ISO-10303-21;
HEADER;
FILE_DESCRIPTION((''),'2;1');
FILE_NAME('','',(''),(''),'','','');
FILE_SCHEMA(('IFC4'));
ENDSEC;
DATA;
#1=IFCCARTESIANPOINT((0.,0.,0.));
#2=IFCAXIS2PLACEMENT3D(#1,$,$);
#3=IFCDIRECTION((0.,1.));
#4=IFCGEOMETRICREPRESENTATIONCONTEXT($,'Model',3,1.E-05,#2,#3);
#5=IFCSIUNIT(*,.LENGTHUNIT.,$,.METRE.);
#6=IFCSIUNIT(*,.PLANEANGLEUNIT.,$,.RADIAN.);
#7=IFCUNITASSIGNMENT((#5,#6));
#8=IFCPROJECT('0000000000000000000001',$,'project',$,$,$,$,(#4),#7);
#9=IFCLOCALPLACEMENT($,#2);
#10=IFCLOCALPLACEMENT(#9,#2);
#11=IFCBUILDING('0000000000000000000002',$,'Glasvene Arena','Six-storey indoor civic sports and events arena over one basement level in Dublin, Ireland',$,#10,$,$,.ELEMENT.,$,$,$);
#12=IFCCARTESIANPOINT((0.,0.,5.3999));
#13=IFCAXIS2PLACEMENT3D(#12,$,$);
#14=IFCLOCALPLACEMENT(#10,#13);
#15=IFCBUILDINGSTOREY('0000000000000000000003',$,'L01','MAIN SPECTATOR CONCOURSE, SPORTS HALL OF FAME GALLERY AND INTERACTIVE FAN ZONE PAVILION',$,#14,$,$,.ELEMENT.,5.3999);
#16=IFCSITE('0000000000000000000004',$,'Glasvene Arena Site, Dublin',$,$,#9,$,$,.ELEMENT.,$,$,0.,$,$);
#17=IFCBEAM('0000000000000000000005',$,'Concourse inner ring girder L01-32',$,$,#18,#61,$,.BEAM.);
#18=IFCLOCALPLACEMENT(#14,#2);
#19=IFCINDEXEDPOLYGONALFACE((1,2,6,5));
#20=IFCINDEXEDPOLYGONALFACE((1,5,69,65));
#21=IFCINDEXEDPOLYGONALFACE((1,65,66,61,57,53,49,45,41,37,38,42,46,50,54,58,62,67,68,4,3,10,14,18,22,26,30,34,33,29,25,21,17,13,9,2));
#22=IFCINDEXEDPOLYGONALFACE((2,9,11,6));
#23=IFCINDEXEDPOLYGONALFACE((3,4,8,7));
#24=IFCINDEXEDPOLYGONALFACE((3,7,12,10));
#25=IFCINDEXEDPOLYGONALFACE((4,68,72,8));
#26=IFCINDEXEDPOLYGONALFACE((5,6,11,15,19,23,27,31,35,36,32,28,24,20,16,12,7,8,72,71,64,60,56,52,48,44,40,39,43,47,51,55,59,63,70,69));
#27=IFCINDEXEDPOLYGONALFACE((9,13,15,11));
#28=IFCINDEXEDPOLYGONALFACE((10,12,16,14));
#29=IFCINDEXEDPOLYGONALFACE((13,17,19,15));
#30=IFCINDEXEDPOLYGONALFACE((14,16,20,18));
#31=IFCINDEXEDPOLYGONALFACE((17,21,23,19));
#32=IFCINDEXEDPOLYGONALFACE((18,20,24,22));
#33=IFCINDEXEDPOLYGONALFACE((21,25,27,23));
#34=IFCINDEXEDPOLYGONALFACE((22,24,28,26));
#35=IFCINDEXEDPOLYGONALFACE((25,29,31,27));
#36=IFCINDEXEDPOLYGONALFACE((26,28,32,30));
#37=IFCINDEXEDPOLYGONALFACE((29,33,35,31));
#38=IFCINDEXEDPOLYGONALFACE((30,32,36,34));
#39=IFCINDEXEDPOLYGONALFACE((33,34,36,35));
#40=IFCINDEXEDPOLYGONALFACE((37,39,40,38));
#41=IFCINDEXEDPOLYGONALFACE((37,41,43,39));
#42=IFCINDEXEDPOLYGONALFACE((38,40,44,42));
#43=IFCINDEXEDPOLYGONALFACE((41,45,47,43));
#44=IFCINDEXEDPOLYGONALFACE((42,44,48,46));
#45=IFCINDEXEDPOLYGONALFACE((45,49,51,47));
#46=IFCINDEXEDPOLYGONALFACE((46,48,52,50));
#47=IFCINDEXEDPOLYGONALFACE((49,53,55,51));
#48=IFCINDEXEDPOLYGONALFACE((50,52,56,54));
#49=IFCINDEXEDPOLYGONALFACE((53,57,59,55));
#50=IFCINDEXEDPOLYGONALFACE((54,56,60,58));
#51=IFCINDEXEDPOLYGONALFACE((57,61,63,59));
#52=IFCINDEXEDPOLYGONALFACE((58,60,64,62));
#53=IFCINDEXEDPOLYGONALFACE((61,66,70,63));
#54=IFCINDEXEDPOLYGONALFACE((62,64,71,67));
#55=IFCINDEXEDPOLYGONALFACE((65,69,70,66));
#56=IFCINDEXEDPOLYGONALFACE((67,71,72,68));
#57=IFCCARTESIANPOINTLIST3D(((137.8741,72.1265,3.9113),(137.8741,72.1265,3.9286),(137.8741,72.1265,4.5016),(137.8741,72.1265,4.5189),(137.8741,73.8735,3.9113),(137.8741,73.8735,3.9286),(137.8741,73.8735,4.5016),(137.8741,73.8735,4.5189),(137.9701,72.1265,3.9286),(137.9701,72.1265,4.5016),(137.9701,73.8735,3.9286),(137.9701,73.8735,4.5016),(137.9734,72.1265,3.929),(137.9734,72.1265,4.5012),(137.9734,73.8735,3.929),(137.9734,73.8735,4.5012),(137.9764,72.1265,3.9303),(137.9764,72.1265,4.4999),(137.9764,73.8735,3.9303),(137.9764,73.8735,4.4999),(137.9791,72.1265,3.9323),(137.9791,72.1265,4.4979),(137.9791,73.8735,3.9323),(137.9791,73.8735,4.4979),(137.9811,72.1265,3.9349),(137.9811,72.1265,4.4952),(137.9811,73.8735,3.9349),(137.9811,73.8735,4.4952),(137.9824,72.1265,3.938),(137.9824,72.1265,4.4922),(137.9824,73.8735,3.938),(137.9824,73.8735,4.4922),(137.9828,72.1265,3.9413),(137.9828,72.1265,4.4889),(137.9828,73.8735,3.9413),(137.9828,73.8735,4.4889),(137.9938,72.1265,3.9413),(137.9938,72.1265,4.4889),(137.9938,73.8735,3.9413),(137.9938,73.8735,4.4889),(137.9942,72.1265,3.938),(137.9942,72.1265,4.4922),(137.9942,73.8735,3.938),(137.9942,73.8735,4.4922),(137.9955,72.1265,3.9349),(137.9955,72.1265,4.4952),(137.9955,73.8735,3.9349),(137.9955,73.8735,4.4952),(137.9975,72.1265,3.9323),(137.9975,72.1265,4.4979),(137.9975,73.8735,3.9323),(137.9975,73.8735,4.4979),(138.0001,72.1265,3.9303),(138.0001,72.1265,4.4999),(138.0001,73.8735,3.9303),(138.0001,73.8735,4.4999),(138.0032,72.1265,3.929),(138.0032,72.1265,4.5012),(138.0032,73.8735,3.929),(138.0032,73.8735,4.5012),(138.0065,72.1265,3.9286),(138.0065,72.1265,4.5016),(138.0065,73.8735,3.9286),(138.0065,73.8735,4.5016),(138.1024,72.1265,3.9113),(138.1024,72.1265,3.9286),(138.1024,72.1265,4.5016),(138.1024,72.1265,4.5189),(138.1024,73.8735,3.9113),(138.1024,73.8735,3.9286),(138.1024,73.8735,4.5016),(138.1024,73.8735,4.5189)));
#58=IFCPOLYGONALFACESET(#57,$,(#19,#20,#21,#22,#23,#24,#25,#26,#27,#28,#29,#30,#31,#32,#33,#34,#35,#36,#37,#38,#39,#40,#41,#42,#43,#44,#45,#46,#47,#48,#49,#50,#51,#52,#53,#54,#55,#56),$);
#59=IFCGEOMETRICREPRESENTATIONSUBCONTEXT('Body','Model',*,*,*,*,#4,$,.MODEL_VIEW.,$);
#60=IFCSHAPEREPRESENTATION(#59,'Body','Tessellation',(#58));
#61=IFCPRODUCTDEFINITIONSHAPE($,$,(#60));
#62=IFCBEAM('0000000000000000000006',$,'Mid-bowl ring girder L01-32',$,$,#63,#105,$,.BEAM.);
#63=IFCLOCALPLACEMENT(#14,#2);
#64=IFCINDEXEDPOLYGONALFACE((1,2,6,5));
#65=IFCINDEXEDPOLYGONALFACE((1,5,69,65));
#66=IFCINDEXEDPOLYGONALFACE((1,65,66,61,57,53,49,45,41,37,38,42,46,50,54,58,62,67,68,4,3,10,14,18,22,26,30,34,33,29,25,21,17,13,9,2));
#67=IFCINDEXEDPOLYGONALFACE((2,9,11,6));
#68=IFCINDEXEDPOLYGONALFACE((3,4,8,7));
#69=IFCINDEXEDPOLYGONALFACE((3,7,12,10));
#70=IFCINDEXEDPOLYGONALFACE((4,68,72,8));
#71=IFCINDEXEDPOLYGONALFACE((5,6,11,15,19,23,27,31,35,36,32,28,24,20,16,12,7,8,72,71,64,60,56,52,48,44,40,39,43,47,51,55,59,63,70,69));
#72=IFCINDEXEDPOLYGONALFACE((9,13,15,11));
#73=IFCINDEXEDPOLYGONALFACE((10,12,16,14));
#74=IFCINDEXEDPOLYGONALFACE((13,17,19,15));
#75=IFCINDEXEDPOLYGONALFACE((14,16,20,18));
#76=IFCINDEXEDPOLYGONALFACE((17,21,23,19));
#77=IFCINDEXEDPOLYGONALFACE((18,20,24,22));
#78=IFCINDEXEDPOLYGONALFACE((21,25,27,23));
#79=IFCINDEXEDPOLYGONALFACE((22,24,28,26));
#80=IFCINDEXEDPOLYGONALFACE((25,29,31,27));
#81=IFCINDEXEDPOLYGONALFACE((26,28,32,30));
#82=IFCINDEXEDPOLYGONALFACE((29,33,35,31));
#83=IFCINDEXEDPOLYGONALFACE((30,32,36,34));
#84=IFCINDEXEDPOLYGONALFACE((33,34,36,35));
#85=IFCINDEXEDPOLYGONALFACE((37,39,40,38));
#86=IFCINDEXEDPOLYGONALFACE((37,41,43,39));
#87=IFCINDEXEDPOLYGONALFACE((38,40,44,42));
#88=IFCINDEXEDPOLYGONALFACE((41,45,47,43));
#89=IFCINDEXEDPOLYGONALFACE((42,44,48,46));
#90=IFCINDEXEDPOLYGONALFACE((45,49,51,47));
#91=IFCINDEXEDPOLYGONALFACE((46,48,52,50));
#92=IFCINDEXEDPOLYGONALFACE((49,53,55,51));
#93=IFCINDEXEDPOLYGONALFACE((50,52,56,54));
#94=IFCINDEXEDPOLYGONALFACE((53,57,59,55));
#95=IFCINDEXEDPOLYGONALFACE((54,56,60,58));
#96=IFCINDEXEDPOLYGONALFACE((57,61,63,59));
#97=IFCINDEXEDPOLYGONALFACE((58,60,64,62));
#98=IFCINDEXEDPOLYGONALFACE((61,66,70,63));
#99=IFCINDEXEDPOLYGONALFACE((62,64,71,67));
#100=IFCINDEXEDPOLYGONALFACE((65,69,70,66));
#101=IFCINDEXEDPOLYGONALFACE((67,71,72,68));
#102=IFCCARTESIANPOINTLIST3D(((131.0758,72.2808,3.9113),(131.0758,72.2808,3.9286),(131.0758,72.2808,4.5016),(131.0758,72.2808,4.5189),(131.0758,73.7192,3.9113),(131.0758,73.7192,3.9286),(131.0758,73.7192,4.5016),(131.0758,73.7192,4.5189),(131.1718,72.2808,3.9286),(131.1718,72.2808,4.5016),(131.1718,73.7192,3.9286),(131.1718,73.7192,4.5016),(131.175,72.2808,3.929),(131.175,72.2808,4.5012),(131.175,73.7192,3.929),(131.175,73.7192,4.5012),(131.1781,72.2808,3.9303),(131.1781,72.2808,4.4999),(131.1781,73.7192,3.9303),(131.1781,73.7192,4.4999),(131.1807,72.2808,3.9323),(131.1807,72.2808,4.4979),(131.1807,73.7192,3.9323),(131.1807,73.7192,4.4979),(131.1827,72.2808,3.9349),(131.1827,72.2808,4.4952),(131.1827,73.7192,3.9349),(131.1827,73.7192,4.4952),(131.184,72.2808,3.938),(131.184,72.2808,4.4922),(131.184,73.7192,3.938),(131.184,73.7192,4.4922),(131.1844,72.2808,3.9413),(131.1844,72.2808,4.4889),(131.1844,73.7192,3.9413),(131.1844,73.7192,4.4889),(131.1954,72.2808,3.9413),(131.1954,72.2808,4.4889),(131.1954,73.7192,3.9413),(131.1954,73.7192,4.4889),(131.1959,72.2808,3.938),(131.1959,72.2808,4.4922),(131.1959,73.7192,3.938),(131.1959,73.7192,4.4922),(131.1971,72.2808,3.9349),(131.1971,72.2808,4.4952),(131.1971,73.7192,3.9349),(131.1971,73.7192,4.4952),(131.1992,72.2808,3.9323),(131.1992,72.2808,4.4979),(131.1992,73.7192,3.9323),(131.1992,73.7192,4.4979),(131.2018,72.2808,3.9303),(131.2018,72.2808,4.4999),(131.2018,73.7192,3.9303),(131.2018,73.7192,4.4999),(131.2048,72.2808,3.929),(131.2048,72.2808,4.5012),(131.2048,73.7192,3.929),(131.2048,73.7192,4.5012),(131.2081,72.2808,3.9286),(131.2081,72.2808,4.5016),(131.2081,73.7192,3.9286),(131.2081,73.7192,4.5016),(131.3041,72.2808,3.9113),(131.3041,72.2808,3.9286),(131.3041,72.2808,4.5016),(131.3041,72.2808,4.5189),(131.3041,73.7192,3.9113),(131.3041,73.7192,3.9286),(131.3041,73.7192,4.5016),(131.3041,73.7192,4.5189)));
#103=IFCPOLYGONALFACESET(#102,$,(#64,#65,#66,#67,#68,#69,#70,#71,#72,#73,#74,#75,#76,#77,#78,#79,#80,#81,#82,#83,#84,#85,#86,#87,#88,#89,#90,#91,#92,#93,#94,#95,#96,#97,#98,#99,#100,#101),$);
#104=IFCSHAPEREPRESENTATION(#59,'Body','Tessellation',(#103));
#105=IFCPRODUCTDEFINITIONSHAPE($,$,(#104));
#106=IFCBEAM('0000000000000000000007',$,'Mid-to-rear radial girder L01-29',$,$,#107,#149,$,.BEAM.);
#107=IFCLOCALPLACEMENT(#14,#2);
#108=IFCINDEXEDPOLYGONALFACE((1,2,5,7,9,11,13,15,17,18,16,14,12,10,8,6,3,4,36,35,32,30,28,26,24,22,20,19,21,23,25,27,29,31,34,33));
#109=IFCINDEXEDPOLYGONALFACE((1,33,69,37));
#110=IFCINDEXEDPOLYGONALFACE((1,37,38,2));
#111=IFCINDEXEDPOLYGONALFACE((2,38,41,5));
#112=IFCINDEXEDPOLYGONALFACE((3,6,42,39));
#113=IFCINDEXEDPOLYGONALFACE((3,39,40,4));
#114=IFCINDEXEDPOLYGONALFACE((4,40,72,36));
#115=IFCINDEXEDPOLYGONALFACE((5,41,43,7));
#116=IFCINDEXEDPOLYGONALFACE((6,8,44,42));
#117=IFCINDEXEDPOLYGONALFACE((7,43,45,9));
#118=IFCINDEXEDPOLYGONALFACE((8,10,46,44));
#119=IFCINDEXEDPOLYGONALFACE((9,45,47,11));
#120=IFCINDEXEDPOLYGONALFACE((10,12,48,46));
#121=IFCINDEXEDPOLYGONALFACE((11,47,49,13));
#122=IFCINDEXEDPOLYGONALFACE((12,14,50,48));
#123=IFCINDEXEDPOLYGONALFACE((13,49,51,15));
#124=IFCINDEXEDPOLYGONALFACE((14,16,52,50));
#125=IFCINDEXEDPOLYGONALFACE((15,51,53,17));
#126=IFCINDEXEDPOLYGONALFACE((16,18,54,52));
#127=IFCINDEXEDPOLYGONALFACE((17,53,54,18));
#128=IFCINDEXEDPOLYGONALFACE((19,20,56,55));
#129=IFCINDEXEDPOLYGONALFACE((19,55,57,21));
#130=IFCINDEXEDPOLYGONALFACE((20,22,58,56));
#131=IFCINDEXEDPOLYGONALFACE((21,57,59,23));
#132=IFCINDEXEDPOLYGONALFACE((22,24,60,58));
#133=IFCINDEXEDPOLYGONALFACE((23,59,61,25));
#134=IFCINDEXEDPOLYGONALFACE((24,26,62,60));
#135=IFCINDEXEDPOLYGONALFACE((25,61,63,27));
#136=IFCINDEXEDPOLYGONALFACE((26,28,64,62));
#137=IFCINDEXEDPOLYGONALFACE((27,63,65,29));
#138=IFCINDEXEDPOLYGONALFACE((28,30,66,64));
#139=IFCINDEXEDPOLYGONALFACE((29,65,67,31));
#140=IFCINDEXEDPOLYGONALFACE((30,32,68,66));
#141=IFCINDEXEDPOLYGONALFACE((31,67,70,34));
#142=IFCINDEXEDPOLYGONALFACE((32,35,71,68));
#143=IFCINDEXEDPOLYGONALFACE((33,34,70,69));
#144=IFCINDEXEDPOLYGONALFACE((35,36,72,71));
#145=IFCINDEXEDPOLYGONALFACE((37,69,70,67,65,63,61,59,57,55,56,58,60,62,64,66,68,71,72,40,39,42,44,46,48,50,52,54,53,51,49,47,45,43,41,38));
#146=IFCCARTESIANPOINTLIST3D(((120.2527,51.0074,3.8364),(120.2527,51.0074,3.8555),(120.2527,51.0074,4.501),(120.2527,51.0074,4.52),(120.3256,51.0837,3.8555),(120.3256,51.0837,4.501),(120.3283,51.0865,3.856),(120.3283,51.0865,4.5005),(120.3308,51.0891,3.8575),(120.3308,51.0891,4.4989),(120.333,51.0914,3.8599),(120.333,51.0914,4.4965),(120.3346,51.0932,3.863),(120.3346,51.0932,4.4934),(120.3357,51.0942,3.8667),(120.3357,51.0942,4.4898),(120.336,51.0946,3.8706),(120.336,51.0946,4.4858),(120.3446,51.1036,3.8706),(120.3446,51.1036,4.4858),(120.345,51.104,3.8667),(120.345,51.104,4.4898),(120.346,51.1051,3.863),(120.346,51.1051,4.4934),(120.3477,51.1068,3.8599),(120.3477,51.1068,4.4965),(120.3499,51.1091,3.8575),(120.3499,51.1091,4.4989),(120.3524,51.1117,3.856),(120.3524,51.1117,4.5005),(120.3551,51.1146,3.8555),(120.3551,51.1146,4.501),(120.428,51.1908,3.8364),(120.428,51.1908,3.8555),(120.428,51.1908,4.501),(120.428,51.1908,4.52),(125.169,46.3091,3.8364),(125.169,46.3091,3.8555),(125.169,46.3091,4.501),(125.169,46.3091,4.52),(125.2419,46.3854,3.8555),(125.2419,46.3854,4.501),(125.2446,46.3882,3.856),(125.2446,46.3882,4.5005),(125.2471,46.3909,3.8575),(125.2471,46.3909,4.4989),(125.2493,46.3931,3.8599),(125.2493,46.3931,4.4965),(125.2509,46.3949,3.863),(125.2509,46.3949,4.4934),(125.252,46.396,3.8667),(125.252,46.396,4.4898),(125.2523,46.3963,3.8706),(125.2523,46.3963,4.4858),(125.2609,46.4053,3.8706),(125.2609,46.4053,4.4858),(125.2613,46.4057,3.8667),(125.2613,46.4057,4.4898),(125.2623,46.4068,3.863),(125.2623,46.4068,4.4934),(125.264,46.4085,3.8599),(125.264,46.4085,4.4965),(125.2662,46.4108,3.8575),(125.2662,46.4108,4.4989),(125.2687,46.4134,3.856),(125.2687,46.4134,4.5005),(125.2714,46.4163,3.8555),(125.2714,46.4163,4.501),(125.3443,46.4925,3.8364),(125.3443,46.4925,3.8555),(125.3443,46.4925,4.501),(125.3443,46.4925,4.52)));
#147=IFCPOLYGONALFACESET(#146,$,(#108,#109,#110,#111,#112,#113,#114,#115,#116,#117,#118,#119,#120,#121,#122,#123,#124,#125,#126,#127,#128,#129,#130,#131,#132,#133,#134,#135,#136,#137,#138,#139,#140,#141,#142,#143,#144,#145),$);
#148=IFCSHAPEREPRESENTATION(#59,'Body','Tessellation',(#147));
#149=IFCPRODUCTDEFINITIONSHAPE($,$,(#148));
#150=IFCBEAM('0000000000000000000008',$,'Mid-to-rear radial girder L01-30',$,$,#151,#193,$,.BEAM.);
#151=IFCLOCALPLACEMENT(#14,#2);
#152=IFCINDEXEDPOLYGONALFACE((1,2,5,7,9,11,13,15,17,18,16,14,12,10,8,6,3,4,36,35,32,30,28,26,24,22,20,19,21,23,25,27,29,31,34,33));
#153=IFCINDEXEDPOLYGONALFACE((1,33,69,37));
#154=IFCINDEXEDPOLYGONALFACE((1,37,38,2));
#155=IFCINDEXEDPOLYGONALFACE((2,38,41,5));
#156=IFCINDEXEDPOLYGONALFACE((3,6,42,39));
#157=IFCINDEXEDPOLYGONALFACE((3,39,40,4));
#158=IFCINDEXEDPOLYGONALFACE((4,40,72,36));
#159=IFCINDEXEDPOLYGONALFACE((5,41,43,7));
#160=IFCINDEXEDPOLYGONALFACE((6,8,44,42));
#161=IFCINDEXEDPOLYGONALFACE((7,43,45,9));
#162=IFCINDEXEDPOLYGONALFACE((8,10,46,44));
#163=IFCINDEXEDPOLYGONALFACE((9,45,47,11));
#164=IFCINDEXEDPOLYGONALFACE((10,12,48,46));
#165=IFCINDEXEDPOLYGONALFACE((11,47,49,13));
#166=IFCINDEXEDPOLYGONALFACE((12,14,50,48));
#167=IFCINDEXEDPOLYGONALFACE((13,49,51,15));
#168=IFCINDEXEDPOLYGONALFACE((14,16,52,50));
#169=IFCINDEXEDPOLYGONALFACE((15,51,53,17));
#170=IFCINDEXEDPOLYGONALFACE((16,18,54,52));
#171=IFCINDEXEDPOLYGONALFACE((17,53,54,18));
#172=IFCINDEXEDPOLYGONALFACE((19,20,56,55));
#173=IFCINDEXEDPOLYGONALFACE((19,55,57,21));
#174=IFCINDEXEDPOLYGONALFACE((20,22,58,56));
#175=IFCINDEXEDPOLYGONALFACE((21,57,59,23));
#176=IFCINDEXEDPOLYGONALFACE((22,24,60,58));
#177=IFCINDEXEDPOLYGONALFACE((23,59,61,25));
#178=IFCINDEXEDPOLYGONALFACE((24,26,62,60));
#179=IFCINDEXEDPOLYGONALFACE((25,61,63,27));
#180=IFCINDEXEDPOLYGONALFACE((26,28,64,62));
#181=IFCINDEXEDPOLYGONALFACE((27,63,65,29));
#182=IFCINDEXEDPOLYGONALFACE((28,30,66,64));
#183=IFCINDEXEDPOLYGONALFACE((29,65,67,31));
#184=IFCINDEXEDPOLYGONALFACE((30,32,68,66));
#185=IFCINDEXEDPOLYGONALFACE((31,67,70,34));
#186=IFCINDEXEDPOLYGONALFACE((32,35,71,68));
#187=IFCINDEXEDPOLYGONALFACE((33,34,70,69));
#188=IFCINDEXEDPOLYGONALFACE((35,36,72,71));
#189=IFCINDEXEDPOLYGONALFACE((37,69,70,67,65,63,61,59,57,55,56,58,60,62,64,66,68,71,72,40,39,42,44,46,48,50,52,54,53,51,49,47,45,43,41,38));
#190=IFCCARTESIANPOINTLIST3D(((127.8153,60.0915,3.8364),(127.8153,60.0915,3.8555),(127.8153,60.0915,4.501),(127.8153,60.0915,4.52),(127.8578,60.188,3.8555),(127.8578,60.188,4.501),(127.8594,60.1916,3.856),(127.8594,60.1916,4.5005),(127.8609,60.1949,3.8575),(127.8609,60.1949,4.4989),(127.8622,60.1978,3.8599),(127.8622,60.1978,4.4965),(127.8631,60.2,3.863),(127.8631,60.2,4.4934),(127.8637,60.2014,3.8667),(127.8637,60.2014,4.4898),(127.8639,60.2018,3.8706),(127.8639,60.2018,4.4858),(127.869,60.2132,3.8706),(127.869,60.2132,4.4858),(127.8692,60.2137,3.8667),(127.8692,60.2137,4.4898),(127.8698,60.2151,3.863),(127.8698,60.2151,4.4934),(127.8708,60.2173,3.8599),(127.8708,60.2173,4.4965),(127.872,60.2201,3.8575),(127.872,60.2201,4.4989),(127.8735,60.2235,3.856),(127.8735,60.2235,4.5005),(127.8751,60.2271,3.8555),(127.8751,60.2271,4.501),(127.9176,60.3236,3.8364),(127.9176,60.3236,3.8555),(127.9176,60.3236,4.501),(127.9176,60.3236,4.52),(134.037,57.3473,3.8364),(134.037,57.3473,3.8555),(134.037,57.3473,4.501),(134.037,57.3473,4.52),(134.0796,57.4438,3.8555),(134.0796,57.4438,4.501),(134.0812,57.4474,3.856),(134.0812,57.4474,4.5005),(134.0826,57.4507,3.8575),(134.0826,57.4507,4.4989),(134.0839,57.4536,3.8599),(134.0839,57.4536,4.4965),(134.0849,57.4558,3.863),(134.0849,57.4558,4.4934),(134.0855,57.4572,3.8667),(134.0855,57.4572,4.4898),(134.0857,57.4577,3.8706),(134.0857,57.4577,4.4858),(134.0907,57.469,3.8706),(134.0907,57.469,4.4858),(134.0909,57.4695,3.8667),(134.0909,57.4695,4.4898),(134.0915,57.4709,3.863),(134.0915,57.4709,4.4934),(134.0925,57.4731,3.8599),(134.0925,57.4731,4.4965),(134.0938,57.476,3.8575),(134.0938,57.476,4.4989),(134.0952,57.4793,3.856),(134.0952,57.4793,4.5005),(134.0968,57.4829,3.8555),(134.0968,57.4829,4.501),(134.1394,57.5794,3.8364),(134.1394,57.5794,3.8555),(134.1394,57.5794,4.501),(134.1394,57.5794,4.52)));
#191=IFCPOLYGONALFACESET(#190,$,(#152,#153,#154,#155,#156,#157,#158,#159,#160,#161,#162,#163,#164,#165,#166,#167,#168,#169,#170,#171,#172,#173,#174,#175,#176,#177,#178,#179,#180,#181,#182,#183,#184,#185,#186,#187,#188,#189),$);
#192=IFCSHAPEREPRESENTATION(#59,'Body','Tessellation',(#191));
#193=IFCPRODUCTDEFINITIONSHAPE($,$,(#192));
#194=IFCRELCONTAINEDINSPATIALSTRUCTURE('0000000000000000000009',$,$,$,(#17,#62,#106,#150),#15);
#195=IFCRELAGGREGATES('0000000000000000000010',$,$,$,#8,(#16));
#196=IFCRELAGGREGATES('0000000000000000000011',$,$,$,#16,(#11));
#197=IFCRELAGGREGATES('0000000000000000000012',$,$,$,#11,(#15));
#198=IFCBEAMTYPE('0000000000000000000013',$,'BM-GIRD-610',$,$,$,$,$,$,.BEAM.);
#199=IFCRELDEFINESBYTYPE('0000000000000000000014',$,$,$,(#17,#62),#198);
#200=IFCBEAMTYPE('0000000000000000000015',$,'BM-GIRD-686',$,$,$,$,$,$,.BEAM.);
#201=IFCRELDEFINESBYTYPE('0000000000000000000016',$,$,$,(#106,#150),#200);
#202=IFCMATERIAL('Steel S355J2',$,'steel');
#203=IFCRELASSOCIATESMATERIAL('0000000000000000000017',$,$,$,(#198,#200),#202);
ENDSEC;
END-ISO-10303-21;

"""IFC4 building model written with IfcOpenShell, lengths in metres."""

from ifc_helpers import new_model, si_unit, direction, frame, origin, origin_2d, place, context, subcontext, project, spatial, i_section, extrude, material, material_profile, profile_set, type_object, element, save


model = new_model("IFC4")

# Units and contexts
model_context = context("Model", 3, precision=1e-05, world=origin(), true_north=direction((0.0, 1.0)))
body_context = subcontext(model_context, "Body", "Model", "MODEL_VIEW")
ifc_project = project(units=[si_unit("LENGTHUNIT", "METRE"), si_unit("PLANEANGLEUNIT", "RADIAN")], contexts=[model_context])

# Site, building, storey
site_placement = place(None, origin())
site = spatial("IfcSite", under=ifc_project, at=site_placement, Name="Glasvene Arena Site, Dublin", CompositionType="ELEMENT", RefElevation=0.0)
building_placement = place(site_placement, origin())
building = spatial("IfcBuilding", under=site, at=building_placement, Name="Glasvene Arena", Description="Six-storey indoor civic sports and events arena over one basement level in Dublin, Ireland", CompositionType="ELEMENT")
storey_placement = place(building_placement, frame((0.0, 0.0, 5.3999)))
storey = spatial("IfcBuildingStorey", under=building, at=storey_placement, Name="L01", Description="MAIN SPECTATOR CONCOURSE, SPORTS HALL OF FAME GALLERY AND INTERACTIVE FAN ZONE PAVILION", CompositionType="ELEMENT", Elevation=5.3999)

# Shared definitions
ifc_material_1 = material(Name="Steel S355J2", Category="steel")

# Beams
ifc_material_profile_1 = material_profile(ifc_material_1, i_section(OverallWidth=0.2283, OverallDepth=0.6077, WebThickness=0.011, FlangeThickness=0.0173, FilletRadius=0.0127, at=origin_2d()), Name="UKB 610x229x113")
ifc_profile_set_1 = profile_set([ifc_material_profile_1], Name="Steel S355J2")
beam_type_1 = type_object("IfcBeamType", Name="BM-GIRD-610", PredefinedType="BEAM", material=ifc_profile_set_1)
beam_1_placement = place(storey_placement, frame((137.9883, 72.1265, 4.2151), z_axis=(0.0, 1.0, 0.0), x_axis=(-1.0, 0.0, 0.0)))
element("IfcBeam", 1, at=beam_1_placement, inside=storey, type_object=beam_type_1, Name="Concourse inner ring girder L01-32", PredefinedType="BEAM", context=body_context, shape_type="SweptSolid", body=[
    extrude(i_section(OverallWidth=0.2283, OverallDepth=0.6077, WebThickness=0.011, FlangeThickness=0.0173, FilletRadius=0.0127, at=origin_2d()), origin(), (0.0, 0.0, 1.0), 1.7471),
])
beam_2_placement = place(storey_placement, frame((131.1899, 72.2808, 4.2151), z_axis=(0.0, 1.0, 0.0), x_axis=(-1.0, 0.0, 0.0)))
element("IfcBeam", 2, at=beam_2_placement, inside=storey, type_object=beam_type_1, Name="Mid-bowl ring girder L01-32", PredefinedType="BEAM", context=body_context, shape_type="SweptSolid", body=[
    extrude(i_section(OverallWidth=0.2283, OverallDepth=0.6077, WebThickness=0.011, FlangeThickness=0.0173, FilletRadius=0.0127, at=origin_2d()), origin(), (0.0, 0.0, 1.0), 1.4385),
])
ifc_material_profile_2 = material_profile(ifc_material_1, i_section(OverallWidth=0.2537, OverallDepth=0.6836, WebThickness=0.0125, FlangeThickness=0.019, FilletRadius=0.0151, at=origin_2d()), Name="UKB 686x254x140")
ifc_profile_set_2 = profile_set([ifc_material_profile_2], Name="Steel S355J2")
beam_type_2 = type_object("IfcBeamType", Name="BM-GIRD-686", PredefinedType="BEAM", material=ifc_profile_set_2)
beam_3_placement = place(storey_placement, frame((120.3403, 51.0991, 4.1782), z_axis=(0.722955, -0.690895, 0.0), x_axis=(0.690895, 0.722955, 0.0)))
element("IfcBeam", 3, at=beam_3_placement, inside=storey, type_object=beam_type_2, Name="Mid-to-rear radial girder L01-29", PredefinedType="BEAM", context=body_context, shape_type="SweptSolid", body=[
    extrude(i_section(OverallWidth=0.2537, OverallDepth=0.6836, WebThickness=0.0125, FlangeThickness=0.019, FilletRadius=0.0151, at=origin_2d()), origin(), (0.0, 0.0, 1.0), 6.8003),
])
for number, where, z_axis, x_axis, name in (
    (4, (127.8665, 60.2075, 4.1782), (0.914957, -0.403552, 0.0), (0.403552, 0.914957, 0.0), "Mid-to-rear radial girder L01-30"),
):
    element("IfcBeam", number, at=place(storey_placement, frame(where, z_axis=z_axis, x_axis=x_axis)), inside=storey, type_object=beam_type_2, Name=name, PredefinedType="BEAM", context=body_context, shape_type="SweptSolid", body=[
        extrude(i_section(OverallWidth=0.2537, OverallDepth=0.6836, WebThickness=0.0125, FlangeThickness=0.019, FilletRadius=0.0151, at=origin_2d()), origin(), (0.0, 0.0, 1.0), 6.8),
    ])

save(model, "model.ifc")
